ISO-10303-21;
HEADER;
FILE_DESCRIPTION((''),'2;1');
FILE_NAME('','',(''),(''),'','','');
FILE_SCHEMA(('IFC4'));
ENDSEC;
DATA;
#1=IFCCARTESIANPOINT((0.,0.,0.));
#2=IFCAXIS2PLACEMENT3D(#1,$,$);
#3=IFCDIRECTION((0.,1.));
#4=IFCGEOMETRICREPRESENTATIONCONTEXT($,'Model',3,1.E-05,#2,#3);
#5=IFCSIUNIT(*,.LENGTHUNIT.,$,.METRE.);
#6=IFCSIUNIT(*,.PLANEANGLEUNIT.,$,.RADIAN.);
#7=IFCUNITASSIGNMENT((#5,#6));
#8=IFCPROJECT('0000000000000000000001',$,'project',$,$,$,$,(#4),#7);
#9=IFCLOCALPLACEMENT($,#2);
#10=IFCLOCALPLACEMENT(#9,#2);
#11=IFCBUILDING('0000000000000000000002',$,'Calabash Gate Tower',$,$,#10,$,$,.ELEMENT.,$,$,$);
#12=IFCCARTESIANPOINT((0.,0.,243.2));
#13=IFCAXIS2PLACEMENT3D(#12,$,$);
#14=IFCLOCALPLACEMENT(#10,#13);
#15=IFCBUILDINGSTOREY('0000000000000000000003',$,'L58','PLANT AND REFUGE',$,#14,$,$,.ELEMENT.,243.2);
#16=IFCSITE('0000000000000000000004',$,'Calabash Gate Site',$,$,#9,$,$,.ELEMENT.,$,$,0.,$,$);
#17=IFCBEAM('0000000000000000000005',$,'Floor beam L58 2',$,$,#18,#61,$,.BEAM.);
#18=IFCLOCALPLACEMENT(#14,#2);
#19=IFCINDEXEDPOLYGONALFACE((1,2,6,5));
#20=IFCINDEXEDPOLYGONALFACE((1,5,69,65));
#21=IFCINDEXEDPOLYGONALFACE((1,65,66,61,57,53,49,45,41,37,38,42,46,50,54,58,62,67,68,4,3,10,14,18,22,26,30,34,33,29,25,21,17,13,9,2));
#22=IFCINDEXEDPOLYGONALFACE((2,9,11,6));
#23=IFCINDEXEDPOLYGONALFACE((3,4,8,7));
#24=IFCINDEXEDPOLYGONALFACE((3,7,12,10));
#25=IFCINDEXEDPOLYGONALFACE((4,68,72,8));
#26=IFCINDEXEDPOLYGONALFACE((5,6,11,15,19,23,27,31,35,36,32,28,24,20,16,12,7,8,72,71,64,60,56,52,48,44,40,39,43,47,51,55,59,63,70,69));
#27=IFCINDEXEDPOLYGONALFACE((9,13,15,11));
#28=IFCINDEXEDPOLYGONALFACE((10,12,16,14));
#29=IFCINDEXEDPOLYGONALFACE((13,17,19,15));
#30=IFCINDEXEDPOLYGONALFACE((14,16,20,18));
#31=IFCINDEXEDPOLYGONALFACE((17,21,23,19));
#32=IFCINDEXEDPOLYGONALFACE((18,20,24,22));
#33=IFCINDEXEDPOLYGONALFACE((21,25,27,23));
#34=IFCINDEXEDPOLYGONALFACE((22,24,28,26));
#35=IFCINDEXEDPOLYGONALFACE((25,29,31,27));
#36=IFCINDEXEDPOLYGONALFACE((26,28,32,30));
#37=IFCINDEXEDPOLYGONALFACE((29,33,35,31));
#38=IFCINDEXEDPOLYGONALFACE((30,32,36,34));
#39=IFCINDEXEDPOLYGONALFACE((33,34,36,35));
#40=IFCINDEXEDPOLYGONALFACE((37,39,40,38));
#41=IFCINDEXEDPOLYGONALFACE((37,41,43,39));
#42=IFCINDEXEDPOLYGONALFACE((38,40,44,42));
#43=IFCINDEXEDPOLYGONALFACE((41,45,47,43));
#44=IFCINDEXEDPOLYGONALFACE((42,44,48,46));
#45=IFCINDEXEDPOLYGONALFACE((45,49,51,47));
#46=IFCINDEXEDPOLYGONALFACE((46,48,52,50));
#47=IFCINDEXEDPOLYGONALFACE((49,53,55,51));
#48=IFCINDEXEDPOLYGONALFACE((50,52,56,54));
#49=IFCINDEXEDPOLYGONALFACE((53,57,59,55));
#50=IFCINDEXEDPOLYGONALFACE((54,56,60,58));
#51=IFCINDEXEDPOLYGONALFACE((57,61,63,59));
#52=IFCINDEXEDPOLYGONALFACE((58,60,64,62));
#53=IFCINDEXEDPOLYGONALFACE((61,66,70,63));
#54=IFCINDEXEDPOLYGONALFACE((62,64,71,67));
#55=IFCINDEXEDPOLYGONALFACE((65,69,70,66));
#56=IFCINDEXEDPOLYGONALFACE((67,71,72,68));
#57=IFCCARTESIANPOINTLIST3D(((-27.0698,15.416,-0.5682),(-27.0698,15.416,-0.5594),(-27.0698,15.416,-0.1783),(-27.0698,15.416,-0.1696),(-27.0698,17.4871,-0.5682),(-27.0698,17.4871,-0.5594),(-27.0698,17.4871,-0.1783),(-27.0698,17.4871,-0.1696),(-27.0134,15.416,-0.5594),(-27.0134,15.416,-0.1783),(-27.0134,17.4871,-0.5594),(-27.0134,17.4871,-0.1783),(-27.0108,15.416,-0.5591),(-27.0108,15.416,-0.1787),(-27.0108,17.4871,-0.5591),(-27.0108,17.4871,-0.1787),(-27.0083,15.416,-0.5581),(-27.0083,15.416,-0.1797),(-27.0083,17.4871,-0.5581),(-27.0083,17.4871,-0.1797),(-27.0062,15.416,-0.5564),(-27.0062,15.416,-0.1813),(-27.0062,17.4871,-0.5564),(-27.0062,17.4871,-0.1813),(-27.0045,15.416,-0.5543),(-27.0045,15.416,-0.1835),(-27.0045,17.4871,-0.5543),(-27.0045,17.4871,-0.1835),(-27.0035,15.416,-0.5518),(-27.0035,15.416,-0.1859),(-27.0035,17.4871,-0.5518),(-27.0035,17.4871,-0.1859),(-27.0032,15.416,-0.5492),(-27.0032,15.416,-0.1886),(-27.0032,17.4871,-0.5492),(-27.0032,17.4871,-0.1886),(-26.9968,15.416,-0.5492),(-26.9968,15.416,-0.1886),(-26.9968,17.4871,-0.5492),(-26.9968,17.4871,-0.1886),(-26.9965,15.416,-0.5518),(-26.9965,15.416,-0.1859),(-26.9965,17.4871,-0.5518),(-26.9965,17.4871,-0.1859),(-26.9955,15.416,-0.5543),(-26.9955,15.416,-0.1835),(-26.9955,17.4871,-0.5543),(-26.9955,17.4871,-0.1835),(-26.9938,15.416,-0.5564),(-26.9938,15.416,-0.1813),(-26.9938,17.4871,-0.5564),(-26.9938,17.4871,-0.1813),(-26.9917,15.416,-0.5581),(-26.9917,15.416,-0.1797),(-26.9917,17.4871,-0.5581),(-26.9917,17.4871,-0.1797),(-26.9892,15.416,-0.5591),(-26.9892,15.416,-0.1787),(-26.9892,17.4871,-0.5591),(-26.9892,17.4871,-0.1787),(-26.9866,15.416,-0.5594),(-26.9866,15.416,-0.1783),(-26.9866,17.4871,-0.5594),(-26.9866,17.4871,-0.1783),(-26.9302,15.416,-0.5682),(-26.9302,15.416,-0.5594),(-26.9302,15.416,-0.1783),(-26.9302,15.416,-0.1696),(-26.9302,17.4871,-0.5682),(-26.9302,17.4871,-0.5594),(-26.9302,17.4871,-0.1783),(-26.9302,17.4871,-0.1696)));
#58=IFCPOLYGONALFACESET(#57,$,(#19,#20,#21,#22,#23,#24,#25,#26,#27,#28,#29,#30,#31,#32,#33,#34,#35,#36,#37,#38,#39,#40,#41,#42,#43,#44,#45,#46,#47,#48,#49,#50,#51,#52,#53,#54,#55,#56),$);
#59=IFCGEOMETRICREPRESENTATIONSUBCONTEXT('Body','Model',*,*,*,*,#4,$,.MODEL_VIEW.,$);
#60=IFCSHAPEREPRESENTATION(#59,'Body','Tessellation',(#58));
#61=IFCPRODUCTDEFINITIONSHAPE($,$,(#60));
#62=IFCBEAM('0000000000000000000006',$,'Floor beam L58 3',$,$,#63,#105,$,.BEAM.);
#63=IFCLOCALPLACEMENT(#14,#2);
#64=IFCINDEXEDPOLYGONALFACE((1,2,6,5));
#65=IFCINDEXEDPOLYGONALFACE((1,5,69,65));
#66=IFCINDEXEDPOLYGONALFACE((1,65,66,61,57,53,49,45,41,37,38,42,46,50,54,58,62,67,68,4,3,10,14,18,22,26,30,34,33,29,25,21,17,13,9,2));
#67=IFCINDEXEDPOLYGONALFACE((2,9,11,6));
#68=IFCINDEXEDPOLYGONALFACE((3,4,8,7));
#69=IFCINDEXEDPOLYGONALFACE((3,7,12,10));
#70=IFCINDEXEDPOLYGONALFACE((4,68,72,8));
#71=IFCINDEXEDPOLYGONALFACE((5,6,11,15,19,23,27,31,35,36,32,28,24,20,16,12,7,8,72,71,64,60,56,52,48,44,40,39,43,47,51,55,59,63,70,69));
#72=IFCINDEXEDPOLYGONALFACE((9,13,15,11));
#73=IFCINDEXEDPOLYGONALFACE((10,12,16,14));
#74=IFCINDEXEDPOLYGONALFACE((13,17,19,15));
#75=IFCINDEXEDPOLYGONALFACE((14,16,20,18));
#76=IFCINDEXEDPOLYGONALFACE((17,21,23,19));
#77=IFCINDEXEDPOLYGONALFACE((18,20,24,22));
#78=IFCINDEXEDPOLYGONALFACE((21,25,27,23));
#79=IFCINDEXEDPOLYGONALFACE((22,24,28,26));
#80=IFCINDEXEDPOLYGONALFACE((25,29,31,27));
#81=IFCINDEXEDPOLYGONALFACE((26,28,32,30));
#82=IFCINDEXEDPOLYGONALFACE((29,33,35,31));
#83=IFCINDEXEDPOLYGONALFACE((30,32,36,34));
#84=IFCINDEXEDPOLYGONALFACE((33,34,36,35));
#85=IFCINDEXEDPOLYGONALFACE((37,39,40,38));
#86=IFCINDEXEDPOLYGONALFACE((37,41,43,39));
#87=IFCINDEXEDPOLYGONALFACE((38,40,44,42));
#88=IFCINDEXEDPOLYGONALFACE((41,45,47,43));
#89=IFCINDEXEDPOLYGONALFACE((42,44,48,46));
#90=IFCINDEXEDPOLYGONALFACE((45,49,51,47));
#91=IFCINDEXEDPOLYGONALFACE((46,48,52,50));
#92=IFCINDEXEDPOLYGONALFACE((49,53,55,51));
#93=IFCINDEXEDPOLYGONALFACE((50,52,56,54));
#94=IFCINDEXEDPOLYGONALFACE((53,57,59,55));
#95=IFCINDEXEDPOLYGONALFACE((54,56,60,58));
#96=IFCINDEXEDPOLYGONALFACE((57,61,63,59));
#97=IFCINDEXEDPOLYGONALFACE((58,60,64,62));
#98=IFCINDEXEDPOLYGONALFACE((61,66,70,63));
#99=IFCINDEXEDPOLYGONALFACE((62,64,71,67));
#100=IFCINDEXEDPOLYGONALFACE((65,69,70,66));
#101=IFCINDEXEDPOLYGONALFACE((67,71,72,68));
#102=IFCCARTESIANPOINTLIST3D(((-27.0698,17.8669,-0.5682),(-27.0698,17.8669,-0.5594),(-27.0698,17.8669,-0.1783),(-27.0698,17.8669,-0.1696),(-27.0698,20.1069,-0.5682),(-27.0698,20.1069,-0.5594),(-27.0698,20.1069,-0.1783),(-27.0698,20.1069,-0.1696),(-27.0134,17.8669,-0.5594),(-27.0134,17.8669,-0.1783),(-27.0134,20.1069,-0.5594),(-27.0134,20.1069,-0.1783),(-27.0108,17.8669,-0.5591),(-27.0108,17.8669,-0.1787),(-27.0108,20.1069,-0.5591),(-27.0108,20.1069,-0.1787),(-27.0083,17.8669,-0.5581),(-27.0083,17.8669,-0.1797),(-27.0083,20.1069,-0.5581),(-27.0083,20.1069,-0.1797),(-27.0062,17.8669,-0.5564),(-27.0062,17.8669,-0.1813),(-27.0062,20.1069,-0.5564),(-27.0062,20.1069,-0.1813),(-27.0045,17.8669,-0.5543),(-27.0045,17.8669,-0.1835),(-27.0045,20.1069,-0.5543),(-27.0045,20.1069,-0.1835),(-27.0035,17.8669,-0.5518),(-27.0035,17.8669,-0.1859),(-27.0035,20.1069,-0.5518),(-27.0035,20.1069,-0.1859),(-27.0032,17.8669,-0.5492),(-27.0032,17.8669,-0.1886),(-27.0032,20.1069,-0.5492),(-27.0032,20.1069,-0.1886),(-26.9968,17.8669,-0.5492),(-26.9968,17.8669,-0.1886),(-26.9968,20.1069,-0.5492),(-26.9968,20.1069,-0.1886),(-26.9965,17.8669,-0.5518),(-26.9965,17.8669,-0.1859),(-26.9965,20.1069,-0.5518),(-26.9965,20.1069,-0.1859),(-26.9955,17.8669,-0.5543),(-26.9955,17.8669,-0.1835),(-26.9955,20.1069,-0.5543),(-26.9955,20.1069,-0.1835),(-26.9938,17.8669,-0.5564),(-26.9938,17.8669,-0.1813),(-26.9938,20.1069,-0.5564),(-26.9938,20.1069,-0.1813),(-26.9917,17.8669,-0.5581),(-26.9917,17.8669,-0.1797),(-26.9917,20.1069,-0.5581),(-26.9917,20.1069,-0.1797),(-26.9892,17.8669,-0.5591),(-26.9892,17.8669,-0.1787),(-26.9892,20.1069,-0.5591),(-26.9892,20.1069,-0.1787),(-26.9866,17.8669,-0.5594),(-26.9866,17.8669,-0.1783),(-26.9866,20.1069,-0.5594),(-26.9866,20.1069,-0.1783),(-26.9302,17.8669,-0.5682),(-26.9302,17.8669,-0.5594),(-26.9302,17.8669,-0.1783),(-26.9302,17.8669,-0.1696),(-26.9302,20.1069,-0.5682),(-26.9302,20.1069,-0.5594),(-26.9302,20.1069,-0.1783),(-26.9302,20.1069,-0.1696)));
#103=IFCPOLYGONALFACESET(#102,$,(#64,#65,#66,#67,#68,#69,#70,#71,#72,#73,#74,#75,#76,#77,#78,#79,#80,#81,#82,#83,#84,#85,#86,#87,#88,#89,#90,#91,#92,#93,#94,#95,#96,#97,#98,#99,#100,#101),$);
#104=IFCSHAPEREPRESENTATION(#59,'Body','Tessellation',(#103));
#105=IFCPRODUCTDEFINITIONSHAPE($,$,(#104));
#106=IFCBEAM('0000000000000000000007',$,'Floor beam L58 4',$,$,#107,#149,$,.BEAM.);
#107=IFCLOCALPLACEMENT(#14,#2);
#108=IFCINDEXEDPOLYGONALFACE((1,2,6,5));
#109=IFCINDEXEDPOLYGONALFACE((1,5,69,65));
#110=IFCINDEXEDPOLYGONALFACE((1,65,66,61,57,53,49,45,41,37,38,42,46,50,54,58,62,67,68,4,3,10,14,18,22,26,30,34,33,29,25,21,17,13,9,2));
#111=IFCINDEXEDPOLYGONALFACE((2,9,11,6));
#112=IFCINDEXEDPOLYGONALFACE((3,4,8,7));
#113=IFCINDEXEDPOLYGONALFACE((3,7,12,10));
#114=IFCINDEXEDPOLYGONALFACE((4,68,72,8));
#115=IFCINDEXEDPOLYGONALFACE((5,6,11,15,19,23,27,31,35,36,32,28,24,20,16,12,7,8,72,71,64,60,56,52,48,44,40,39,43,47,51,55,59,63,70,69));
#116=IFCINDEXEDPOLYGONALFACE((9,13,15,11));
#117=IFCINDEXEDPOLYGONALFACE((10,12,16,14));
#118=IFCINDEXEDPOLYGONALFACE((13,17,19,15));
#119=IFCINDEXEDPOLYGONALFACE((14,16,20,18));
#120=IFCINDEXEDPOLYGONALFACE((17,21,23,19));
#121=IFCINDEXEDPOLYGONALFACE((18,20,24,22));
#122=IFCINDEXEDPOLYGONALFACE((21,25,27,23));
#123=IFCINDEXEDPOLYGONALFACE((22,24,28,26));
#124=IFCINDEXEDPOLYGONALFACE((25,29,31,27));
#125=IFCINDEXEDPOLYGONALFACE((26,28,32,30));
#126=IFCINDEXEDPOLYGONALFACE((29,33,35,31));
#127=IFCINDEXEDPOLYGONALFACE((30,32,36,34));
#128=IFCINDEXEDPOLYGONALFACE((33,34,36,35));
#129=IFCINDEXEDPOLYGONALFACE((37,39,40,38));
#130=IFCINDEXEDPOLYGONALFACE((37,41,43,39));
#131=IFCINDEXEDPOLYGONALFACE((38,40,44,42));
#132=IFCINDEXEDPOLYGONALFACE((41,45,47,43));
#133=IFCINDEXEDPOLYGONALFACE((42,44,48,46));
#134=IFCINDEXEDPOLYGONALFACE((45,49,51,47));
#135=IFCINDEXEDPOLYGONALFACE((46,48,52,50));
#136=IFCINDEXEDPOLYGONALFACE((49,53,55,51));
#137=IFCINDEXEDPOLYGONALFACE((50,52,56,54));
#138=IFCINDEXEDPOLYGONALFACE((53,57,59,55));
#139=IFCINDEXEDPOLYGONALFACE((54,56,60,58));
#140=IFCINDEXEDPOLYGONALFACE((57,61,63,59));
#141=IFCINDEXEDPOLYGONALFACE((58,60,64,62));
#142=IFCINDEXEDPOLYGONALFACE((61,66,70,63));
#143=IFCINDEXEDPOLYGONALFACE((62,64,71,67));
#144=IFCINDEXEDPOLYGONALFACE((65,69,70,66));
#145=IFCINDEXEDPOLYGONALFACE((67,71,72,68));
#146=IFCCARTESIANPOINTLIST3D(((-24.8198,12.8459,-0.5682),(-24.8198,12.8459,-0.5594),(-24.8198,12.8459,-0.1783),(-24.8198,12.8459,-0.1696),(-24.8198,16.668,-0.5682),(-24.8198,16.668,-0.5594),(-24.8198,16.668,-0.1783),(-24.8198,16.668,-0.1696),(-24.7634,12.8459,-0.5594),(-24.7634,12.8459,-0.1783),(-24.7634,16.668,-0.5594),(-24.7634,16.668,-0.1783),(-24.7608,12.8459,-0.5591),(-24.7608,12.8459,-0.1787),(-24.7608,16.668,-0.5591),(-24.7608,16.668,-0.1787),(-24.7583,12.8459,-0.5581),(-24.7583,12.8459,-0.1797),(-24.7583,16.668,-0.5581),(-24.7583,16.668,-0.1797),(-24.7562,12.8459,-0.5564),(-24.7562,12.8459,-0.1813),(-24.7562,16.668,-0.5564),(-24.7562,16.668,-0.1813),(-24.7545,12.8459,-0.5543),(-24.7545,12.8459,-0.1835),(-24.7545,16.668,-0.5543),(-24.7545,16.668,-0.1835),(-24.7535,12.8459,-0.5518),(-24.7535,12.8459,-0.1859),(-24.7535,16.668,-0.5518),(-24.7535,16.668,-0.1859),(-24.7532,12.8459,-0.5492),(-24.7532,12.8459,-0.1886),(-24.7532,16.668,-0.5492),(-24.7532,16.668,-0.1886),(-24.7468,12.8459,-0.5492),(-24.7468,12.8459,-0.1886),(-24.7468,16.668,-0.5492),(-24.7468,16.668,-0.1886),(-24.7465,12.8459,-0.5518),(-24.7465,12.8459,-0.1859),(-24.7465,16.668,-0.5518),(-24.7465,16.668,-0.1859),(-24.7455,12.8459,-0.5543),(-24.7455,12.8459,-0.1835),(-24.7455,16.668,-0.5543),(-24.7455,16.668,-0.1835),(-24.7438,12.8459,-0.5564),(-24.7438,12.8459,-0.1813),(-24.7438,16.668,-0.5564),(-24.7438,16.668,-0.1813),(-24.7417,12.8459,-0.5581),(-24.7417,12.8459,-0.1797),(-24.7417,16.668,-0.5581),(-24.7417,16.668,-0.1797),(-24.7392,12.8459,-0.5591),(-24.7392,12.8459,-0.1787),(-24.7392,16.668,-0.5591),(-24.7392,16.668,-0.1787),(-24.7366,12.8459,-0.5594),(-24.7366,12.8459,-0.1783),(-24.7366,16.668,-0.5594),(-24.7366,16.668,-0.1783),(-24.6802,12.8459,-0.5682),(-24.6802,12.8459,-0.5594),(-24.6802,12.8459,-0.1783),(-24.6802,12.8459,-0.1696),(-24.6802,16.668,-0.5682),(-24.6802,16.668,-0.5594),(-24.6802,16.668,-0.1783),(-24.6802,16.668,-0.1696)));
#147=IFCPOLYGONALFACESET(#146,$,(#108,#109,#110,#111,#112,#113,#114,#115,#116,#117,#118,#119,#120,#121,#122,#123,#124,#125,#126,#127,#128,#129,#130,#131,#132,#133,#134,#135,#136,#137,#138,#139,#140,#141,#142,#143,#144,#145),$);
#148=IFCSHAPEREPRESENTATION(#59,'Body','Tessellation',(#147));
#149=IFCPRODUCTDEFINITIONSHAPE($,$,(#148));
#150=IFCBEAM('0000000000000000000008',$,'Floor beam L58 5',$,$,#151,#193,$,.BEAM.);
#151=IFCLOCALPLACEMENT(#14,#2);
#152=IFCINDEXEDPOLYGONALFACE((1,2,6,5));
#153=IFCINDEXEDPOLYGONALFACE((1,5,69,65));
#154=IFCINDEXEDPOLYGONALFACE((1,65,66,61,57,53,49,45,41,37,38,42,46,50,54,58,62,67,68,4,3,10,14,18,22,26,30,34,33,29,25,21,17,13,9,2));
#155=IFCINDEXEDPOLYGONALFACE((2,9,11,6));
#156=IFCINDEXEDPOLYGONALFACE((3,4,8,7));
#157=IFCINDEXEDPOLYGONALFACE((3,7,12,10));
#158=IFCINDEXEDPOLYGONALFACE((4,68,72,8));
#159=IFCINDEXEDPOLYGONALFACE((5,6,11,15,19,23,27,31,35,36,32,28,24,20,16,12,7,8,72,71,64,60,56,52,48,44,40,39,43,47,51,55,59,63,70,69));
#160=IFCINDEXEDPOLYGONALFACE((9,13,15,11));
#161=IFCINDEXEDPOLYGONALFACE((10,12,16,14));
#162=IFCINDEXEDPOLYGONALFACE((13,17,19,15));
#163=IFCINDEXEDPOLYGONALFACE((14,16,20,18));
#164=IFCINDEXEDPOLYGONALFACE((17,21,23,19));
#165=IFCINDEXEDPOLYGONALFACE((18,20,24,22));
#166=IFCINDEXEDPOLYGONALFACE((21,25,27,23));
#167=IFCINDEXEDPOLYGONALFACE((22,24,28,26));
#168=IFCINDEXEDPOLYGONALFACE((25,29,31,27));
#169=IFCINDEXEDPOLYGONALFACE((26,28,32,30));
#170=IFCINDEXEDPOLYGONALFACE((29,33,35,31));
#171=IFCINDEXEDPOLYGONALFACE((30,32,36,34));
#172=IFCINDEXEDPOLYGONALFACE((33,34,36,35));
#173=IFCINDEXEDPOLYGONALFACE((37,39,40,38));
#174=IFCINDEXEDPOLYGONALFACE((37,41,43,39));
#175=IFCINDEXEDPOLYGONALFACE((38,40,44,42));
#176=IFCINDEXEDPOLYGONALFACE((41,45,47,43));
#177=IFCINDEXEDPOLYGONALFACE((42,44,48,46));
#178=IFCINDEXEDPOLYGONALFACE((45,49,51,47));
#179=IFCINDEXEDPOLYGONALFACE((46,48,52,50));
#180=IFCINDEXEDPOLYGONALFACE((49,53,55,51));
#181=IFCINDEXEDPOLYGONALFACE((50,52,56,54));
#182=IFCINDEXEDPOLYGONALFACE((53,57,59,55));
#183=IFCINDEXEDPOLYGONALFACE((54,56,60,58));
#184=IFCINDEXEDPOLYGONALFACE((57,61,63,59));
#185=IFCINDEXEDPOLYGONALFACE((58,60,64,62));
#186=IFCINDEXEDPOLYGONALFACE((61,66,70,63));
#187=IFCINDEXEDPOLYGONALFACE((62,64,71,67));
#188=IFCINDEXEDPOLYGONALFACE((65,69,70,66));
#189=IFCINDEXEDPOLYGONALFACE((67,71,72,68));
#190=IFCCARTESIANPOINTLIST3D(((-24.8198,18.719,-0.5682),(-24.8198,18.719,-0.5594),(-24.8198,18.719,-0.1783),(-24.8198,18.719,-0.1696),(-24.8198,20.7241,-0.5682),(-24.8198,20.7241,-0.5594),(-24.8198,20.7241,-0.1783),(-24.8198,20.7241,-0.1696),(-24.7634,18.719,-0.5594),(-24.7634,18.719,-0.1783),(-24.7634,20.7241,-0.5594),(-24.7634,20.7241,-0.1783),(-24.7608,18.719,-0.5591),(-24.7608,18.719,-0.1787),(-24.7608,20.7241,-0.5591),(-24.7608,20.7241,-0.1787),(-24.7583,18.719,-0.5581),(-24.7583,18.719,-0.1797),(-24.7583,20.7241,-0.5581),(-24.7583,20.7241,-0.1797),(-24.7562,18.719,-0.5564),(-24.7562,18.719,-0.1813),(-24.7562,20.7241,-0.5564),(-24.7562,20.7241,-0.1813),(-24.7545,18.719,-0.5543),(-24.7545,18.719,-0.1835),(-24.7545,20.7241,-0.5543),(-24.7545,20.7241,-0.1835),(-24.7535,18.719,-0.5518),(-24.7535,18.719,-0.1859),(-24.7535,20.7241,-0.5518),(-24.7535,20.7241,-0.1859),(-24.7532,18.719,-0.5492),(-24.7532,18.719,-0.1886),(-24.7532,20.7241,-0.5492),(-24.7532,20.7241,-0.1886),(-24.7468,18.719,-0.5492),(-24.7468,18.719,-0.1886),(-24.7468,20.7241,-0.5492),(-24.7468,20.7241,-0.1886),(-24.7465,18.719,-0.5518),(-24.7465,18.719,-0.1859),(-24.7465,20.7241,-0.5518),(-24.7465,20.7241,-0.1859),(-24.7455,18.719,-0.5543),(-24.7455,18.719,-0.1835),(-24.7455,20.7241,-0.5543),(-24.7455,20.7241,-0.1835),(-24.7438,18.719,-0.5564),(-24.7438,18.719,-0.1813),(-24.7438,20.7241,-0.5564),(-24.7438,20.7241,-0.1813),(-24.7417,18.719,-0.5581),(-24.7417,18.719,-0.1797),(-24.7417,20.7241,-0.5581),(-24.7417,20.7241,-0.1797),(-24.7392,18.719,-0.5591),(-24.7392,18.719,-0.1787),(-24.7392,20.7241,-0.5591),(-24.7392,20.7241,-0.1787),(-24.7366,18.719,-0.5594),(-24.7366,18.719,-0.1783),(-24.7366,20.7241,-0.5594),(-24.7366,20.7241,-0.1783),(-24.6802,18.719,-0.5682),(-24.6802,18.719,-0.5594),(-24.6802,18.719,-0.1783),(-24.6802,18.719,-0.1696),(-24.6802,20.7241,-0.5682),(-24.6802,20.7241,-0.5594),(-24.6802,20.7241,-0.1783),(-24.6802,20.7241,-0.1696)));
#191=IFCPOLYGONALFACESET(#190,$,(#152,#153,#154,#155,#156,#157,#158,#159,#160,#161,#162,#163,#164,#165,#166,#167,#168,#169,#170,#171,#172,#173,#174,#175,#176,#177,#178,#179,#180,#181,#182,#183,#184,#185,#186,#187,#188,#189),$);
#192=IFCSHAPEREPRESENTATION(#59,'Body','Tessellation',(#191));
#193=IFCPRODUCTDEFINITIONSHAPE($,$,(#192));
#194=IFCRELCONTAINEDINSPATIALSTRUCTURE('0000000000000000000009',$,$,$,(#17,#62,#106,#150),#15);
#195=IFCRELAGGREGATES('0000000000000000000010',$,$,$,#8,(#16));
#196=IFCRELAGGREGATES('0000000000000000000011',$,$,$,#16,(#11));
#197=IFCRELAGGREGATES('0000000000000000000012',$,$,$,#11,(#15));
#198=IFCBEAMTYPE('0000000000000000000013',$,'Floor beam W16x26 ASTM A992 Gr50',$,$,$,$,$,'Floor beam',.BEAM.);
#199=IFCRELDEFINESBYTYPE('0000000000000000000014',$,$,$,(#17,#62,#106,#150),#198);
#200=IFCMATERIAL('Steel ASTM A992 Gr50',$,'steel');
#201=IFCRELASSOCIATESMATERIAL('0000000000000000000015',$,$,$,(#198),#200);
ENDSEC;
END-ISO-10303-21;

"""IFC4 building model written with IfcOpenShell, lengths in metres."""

from ifc_helpers import new_model, si_unit, direction, frame, origin, origin_2d, place, context, subcontext, project, spatial, i_section, extrude, material, material_profile, profile_set, type_object, element, save


model = new_model("IFC4")

# Units and contexts
model_context = context("Model", 3, precision=1e-05, world=origin(), true_north=direction((0.0, 1.0)))
body_context = subcontext(model_context, "Body", "Model", "MODEL_VIEW")
ifc_project = project(units=[si_unit("LENGTHUNIT", "METRE"), si_unit("PLANEANGLEUNIT", "RADIAN")], contexts=[model_context])

# Site, building, storey
site_placement = place(None, origin())
site = spatial("IfcSite", under=ifc_project, at=site_placement, Name="Calabash Gate Site", CompositionType="ELEMENT", RefElevation=0.0)
building_placement = place(site_placement, origin())
building = spatial("IfcBuilding", under=site, at=building_placement, Name="Calabash Gate Tower", CompositionType="ELEMENT")
storey_placement = place(building_placement, frame((0.0, 0.0, 243.2)))
storey = spatial("IfcBuildingStorey", under=building, at=storey_placement, Name="L58", Description="PLANT AND REFUGE", CompositionType="ELEMENT", Elevation=243.2)

# Beams
ifc_material_1 = material(Name="Steel ASTM A992 Gr50", Category="steel")
ifc_material_profile_1 = material_profile(ifc_material_1, i_section(OverallWidth=0.1396, OverallDepth=0.3987, WebThickness=0.0063, FlangeThickness=0.0088, FilletRadius=0.0103, at=origin_2d()))
ifc_profile_set_1 = profile_set([ifc_material_profile_1], Name="Steel ASTM A992 Gr50")
beam_type_1 = type_object("IfcBeamType", Name="Floor beam W16x26 ASTM A992 Gr50", ElementType="Floor beam", PredefinedType="BEAM", material=ifc_profile_set_1)
beam_1_placement = place(storey_placement, frame((-27.0, 15.416, -0.3689), z_axis=(0.0, 1.0, 0.0), x_axis=(-1.0, 0.0, 0.0)))
element("IfcBeam", 1, at=beam_1_placement, inside=storey, type_object=beam_type_1, Name="Floor beam L58 2", PredefinedType="BEAM", context=body_context, shape_type="SweptSolid", body=[
    extrude(i_section(OverallWidth=0.1396, OverallDepth=0.3987, WebThickness=0.0063, FlangeThickness=0.0088, FilletRadius=0.0103, at=origin_2d()), origin(), (0.0, 0.0, 1.0), 2.071),
])
beam_2_placement = place(storey_placement, frame((-27.0, 17.8669, -0.3689), z_axis=(0.0, 1.0, 0.0), x_axis=(-1.0, 0.0, 0.0)))
element("IfcBeam", 2, at=beam_2_placement, inside=storey, type_object=beam_type_1, Name="Floor beam L58 3", PredefinedType="BEAM", context=body_context, shape_type="SweptSolid", body=[
    extrude(i_section(OverallWidth=0.1396, OverallDepth=0.3987, WebThickness=0.0063, FlangeThickness=0.0088, FilletRadius=0.0103, at=origin_2d()), origin(), (0.0, 0.0, 1.0), 2.24),
])
beam_3_placement = place(storey_placement, frame((-24.75, 12.8459, -0.3689), z_axis=(0.0, 1.0, 0.0), x_axis=(-1.0, 0.0, 0.0)))
element("IfcBeam", 3, at=beam_3_placement, inside=storey, type_object=beam_type_1, Name="Floor beam L58 4", PredefinedType="BEAM", context=body_context, shape_type="SweptSolid", body=[
    extrude(i_section(OverallWidth=0.1396, OverallDepth=0.3987, WebThickness=0.0063, FlangeThickness=0.0088, FilletRadius=0.0103, at=origin_2d()), origin(), (0.0, 0.0, 1.0), 3.822),
])
beam_4_placement = place(storey_placement, frame((-24.75, 18.719, -0.3689), z_axis=(0.0, 1.0, 0.0), x_axis=(-1.0, 0.0, 0.0)))
element("IfcBeam", 4, at=beam_4_placement, inside=storey, type_object=beam_type_1, Name="Floor beam L58 5", PredefinedType="BEAM", context=body_context, shape_type="SweptSolid", body=[
    extrude(i_section(OverallWidth=0.1396, OverallDepth=0.3987, WebThickness=0.0063, FlangeThickness=0.0088, FilletRadius=0.0103, at=origin_2d()), origin(), (0.0, 0.0, 1.0), 2.0051),
])

save(model, "model.ifc")
